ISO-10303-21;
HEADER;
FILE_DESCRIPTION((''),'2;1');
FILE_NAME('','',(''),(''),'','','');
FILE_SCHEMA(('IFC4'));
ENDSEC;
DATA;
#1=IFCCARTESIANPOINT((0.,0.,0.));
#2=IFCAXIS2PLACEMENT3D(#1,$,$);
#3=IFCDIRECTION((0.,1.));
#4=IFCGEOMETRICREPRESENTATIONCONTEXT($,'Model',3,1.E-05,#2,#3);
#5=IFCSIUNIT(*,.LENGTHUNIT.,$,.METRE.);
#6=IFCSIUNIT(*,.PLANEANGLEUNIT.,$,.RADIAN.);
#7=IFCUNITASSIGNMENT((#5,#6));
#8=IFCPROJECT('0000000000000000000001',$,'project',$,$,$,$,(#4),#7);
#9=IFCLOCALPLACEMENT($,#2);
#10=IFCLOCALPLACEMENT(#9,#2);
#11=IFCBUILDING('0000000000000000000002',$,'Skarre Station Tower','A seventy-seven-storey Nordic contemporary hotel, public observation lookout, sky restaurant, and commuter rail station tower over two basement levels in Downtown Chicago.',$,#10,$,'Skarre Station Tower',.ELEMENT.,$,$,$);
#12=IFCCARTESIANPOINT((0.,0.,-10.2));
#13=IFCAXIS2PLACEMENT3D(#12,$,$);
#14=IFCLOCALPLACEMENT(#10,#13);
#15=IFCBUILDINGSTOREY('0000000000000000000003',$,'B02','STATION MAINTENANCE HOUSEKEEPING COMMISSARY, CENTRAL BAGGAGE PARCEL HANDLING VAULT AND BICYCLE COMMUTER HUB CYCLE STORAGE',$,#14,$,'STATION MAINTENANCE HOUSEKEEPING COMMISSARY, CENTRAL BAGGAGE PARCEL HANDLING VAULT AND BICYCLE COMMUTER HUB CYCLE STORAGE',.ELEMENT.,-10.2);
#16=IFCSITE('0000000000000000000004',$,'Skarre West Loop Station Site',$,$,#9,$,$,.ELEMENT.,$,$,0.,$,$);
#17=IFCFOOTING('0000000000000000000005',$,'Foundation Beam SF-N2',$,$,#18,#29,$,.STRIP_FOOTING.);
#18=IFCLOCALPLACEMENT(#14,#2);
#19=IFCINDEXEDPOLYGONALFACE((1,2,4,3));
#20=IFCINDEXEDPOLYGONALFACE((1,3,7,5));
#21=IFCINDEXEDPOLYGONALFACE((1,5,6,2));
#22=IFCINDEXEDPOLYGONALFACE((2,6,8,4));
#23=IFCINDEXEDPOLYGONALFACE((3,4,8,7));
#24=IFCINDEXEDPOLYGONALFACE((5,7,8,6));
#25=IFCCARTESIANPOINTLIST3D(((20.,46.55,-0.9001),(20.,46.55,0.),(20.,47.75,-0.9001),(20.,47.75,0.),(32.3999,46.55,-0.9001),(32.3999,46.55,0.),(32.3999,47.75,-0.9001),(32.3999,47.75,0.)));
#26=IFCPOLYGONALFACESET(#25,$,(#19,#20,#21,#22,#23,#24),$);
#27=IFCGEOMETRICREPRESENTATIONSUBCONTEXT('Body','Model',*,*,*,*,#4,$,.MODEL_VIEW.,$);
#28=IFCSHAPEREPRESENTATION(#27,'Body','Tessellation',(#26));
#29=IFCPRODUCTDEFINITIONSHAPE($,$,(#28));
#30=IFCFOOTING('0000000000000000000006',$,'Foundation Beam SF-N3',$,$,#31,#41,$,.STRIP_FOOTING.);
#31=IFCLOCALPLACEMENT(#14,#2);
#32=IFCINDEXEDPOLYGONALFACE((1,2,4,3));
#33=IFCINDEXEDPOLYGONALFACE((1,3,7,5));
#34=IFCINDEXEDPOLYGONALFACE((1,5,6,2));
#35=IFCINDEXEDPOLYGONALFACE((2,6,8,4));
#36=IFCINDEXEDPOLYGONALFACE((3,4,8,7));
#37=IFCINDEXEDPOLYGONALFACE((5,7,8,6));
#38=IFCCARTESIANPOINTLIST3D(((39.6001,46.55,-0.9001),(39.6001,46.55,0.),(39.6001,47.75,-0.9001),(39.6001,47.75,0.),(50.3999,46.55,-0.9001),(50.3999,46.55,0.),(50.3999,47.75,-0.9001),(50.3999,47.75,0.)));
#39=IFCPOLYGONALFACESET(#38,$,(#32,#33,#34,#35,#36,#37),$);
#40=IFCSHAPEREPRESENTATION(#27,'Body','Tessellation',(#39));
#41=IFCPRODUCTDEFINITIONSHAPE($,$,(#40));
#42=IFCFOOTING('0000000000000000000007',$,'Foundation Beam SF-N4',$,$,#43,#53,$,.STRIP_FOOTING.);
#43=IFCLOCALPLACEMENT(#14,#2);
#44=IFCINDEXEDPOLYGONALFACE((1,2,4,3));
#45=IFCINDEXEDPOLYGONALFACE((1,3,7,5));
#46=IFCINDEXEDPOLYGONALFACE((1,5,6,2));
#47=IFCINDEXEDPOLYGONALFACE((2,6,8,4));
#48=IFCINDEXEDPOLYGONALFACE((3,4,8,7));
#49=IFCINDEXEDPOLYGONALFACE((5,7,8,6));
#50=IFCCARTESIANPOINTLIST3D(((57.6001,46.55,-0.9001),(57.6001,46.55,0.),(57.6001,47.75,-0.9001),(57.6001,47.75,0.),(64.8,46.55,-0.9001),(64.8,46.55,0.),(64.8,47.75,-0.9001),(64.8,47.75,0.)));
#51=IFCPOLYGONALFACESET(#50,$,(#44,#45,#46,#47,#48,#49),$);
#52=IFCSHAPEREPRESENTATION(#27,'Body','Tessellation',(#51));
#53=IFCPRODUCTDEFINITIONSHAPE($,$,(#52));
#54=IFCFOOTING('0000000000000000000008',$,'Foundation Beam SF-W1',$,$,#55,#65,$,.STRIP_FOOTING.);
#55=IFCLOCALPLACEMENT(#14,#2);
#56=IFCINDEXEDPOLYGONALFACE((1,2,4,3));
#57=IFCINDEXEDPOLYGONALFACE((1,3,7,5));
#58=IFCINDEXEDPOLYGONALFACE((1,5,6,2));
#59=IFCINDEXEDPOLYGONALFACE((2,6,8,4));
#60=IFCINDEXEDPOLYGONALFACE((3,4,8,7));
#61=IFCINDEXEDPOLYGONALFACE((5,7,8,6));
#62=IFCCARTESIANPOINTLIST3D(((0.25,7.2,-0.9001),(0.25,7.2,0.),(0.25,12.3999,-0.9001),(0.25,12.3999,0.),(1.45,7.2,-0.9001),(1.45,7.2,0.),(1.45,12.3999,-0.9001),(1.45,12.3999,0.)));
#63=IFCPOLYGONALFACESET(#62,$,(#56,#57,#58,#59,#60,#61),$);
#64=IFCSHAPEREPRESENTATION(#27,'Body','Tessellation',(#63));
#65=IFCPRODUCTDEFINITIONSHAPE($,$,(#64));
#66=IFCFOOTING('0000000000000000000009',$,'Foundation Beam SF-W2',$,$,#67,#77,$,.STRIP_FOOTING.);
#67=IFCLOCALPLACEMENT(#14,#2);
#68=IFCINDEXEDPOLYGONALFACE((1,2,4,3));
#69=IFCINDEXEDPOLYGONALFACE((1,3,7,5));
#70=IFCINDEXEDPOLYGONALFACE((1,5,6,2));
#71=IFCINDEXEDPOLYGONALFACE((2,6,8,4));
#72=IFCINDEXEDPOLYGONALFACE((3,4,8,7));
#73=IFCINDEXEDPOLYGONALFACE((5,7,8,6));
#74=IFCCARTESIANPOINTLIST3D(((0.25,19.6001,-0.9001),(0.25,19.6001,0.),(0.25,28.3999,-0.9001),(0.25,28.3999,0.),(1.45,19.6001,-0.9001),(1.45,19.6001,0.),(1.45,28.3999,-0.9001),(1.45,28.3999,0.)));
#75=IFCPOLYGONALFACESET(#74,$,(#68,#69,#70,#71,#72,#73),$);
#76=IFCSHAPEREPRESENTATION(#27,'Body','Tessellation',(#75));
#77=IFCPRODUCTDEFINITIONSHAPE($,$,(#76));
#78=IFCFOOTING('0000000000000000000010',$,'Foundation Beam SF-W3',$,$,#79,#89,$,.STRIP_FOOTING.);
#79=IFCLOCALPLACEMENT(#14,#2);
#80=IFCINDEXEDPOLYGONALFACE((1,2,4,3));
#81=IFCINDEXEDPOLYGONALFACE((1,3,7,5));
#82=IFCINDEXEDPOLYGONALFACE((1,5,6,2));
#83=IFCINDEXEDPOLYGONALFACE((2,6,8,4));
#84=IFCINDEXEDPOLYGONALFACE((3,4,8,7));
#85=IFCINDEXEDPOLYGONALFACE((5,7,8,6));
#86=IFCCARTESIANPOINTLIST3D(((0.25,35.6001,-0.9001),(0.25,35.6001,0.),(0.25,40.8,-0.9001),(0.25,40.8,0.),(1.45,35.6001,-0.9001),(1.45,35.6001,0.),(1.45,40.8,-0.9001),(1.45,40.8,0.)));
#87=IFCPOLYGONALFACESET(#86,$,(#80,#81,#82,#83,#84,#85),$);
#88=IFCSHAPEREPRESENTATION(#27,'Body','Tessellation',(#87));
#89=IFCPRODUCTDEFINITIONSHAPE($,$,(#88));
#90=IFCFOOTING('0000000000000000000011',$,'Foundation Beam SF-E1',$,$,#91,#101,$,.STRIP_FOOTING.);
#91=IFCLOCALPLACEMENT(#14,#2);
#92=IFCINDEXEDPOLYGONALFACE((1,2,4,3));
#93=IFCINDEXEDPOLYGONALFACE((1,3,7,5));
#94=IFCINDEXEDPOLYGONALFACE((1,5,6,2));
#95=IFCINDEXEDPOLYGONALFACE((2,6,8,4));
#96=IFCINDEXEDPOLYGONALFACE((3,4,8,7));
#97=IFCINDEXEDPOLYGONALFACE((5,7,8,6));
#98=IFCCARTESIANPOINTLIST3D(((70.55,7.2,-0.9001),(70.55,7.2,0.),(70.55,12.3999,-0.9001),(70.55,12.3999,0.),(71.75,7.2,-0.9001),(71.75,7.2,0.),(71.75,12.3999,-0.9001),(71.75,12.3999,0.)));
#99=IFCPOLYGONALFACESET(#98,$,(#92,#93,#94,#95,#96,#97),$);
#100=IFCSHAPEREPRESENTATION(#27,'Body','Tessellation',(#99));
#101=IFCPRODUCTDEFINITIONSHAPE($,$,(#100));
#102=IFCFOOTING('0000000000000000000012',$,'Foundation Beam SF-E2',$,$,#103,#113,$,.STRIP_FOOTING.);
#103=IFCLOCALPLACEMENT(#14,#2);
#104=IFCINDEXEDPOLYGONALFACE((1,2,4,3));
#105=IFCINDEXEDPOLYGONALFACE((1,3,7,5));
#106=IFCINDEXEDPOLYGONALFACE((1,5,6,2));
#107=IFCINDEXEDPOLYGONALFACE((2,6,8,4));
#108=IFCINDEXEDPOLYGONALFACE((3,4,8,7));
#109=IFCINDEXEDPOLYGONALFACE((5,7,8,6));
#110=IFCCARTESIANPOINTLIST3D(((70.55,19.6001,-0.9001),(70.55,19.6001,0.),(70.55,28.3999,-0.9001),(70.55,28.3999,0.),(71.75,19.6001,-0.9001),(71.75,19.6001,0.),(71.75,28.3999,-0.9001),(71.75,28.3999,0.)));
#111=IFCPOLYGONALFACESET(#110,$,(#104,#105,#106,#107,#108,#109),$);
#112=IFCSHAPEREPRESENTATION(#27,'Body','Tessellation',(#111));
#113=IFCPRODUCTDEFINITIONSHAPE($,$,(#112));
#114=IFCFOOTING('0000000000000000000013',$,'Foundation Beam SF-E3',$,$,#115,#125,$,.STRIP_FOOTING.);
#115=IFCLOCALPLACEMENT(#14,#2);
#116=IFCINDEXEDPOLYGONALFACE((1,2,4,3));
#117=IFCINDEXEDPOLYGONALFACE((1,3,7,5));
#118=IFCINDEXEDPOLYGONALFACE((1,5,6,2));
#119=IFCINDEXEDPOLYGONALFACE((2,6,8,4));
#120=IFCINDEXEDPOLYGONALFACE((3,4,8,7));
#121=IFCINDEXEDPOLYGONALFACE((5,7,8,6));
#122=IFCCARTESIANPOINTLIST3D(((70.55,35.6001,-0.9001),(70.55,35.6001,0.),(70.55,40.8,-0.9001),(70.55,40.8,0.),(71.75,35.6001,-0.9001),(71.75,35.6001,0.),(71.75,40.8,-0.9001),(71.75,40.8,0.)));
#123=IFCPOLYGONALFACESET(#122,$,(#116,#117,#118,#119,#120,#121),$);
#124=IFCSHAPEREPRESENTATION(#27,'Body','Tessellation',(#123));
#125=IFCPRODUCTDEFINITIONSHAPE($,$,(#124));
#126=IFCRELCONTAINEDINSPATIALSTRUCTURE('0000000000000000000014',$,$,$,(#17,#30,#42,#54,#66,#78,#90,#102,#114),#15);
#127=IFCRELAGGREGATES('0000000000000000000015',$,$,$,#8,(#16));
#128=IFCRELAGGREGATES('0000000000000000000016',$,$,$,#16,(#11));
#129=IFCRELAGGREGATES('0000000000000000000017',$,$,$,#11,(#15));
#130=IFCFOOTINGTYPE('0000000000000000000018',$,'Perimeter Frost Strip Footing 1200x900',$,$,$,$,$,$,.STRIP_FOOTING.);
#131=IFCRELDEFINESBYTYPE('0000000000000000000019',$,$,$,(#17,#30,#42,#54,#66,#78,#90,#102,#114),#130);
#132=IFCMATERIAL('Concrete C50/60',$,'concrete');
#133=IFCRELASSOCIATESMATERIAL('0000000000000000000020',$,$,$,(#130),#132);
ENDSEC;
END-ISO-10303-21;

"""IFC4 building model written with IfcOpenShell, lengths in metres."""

from ifc_helpers import new_model, si_unit, direction, frame, origin, place, context, subcontext, project, spatial, polyline, outline, extrude, material, type_object, element, save


model = new_model("IFC4")

# Units and contexts
model_context = context("Model", 3, precision=1e-05, world=origin(), true_north=direction((0.0, 1.0)))
body_context = subcontext(model_context, "Body", "Model", "MODEL_VIEW")
ifc_project = project(units=[si_unit("LENGTHUNIT", "METRE"), si_unit("PLANEANGLEUNIT", "RADIAN")], contexts=[model_context])

# Site, building, storey
site_placement = place(None, origin())
site = spatial("IfcSite", under=ifc_project, at=site_placement, Name="Skarre West Loop Station Site", CompositionType="ELEMENT", RefElevation=0.0)
building_placement = place(site_placement, origin())
building = spatial("IfcBuilding", under=site, at=building_placement, Name="Skarre Station Tower", Description="A seventy-seven-storey Nordic contemporary hotel, public observation lookout, sky restaurant, and commuter rail station tower over two basement levels in Downtown Chicago.", LongName="Skarre Station Tower", CompositionType="ELEMENT")
storey_placement = place(building_placement, frame((0.0, 0.0, -10.2)))
storey = spatial("IfcBuildingStorey", under=building, at=storey_placement, Name="B02", Description="STATION MAINTENANCE HOUSEKEEPING COMMISSARY, CENTRAL BAGGAGE PARCEL HANDLING VAULT AND BICYCLE COMMUTER HUB CYCLE STORAGE", LongName="STATION MAINTENANCE HOUSEKEEPING COMMISSARY, CENTRAL BAGGAGE PARCEL HANDLING VAULT AND BICYCLE COMMUTER HUB CYCLE STORAGE", CompositionType="ELEMENT", Elevation=-10.2)

# Footings
ifc_material = material(Name="Concrete C50/60", Category="concrete")
footing_type_1 = type_object("IfcFootingType", Name="Perimeter Frost Strip Footing 1200x900", PredefinedType="STRIP_FOOTING", material=ifc_material)
footing_1_placement = place(storey_placement, frame((0.0, 0.0, -0.9001)))
element("IfcFooting", 1, at=footing_1_placement, inside=storey, type_object=footing_type_1, Name="Foundation Beam SF-N2", PredefinedType="STRIP_FOOTING", context=body_context, shape_type="SweptSolid", body=[
    extrude(outline(polyline([(20.0, 46.55), (32.3999, 46.55), (32.3999, 47.75), (20.0, 47.75), (20.0, 46.55)])), origin(), (0.0, 0.0, 1.0), 0.9001),
])
footing_2_placement = place(storey_placement, frame((0.0, 0.0, -0.9001)))
element("IfcFooting", 2, at=footing_2_placement, inside=storey, type_object=footing_type_1, Name="Foundation Beam SF-N3", PredefinedType="STRIP_FOOTING", context=body_context, shape_type="SweptSolid", body=[
    extrude(outline(polyline([(39.6001, 46.55), (50.3999, 46.55), (50.3999, 47.75), (39.6001, 47.75), (39.6001, 46.55)])), origin(), (0.0, 0.0, 1.0), 0.9001),
])
footing_3_placement = place(storey_placement, frame((0.0, 0.0, -0.9001)))
element("IfcFooting", 3, at=footing_3_placement, inside=storey, type_object=footing_type_1, Name="Foundation Beam SF-N4", PredefinedType="STRIP_FOOTING", context=body_context, shape_type="SweptSolid", body=[
    extrude(outline(polyline([(57.6001, 46.55), (64.8, 46.55), (64.8, 47.75), (57.6001, 47.75), (57.6001, 46.55)])), origin(), (0.0, 0.0, 1.0), 0.9001),
])
footing_4_placement = place(storey_placement, frame((0.0, 0.0, -0.9001)))
element("IfcFooting", 4, at=footing_4_placement, inside=storey, type_object=footing_type_1, Name="Foundation Beam SF-W1", PredefinedType="STRIP_FOOTING", context=body_context, shape_type="SweptSolid", body=[
    extrude(outline(polyline([(0.25, 7.2), (1.45, 7.2), (1.45, 12.3999), (0.25, 12.3999), (0.25, 7.2)])), origin(), (0.0, 0.0, 1.0), 0.9001),
])
footing_5_placement = place(storey_placement, frame((0.0, 0.0, -0.9001)))
element("IfcFooting", 5, at=footing_5_placement, inside=storey, type_object=footing_type_1, Name="Foundation Beam SF-W2", PredefinedType="STRIP_FOOTING", context=body_context, shape_type="SweptSolid", body=[
    extrude(outline(polyline([(0.25, 19.6001), (1.45, 19.6001), (1.45, 28.3999), (0.25, 28.3999), (0.25, 19.6001)])), origin(), (0.0, 0.0, 1.0), 0.9001),
])
footing_6_placement = place(storey_placement, frame((0.0, 0.0, -0.9001)))
element("IfcFooting", 6, at=footing_6_placement, inside=storey, type_object=footing_type_1, Name="Foundation Beam SF-W3", PredefinedType="STRIP_FOOTING", context=body_context, shape_type="SweptSolid", body=[
    extrude(outline(polyline([(0.25, 35.6001), (1.45, 35.6001), (1.45, 40.8), (0.25, 40.8), (0.25, 35.6001)])), origin(), (0.0, 0.0, 1.0), 0.9001),
])
footing_7_placement = place(storey_placement, frame((0.0, 0.0, -0.9001)))
element("IfcFooting", 7, at=footing_7_placement, inside=storey, type_object=footing_type_1, Name="Foundation Beam SF-E1", PredefinedType="STRIP_FOOTING", context=body_context, shape_type="SweptSolid", body=[
    extrude(outline(polyline([(70.55, 7.2), (71.75, 7.2), (71.75, 12.3999), (70.55, 12.3999), (70.55, 7.2)])), origin(), (0.0, 0.0, 1.0), 0.9001),
])
footing_8_placement = place(storey_placement, frame((0.0, 0.0, -0.9001)))
element("IfcFooting", 8, at=footing_8_placement, inside=storey, type_object=footing_type_1, Name="Foundation Beam SF-E2", PredefinedType="STRIP_FOOTING", context=body_context, shape_type="SweptSolid", body=[
    extrude(outline(polyline([(70.55, 19.6001), (71.75, 19.6001), (71.75, 28.3999), (70.55, 28.3999), (70.55, 19.6001)])), origin(), (0.0, 0.0, 1.0), 0.9001),
])
footing_9_placement = place(storey_placement, frame((0.0, 0.0, -0.9001)))
element("IfcFooting", 9, at=footing_9_placement, inside=storey, type_object=footing_type_1, Name="Foundation Beam SF-E3", PredefinedType="STRIP_FOOTING", context=body_context, shape_type="SweptSolid", body=[
    extrude(outline(polyline([(70.55, 35.6001), (71.75, 35.6001), (71.75, 40.8), (70.55, 40.8), (70.55, 35.6001)])), origin(), (0.0, 0.0, 1.0), 0.9001),
])

save(model, "model.ifc")
